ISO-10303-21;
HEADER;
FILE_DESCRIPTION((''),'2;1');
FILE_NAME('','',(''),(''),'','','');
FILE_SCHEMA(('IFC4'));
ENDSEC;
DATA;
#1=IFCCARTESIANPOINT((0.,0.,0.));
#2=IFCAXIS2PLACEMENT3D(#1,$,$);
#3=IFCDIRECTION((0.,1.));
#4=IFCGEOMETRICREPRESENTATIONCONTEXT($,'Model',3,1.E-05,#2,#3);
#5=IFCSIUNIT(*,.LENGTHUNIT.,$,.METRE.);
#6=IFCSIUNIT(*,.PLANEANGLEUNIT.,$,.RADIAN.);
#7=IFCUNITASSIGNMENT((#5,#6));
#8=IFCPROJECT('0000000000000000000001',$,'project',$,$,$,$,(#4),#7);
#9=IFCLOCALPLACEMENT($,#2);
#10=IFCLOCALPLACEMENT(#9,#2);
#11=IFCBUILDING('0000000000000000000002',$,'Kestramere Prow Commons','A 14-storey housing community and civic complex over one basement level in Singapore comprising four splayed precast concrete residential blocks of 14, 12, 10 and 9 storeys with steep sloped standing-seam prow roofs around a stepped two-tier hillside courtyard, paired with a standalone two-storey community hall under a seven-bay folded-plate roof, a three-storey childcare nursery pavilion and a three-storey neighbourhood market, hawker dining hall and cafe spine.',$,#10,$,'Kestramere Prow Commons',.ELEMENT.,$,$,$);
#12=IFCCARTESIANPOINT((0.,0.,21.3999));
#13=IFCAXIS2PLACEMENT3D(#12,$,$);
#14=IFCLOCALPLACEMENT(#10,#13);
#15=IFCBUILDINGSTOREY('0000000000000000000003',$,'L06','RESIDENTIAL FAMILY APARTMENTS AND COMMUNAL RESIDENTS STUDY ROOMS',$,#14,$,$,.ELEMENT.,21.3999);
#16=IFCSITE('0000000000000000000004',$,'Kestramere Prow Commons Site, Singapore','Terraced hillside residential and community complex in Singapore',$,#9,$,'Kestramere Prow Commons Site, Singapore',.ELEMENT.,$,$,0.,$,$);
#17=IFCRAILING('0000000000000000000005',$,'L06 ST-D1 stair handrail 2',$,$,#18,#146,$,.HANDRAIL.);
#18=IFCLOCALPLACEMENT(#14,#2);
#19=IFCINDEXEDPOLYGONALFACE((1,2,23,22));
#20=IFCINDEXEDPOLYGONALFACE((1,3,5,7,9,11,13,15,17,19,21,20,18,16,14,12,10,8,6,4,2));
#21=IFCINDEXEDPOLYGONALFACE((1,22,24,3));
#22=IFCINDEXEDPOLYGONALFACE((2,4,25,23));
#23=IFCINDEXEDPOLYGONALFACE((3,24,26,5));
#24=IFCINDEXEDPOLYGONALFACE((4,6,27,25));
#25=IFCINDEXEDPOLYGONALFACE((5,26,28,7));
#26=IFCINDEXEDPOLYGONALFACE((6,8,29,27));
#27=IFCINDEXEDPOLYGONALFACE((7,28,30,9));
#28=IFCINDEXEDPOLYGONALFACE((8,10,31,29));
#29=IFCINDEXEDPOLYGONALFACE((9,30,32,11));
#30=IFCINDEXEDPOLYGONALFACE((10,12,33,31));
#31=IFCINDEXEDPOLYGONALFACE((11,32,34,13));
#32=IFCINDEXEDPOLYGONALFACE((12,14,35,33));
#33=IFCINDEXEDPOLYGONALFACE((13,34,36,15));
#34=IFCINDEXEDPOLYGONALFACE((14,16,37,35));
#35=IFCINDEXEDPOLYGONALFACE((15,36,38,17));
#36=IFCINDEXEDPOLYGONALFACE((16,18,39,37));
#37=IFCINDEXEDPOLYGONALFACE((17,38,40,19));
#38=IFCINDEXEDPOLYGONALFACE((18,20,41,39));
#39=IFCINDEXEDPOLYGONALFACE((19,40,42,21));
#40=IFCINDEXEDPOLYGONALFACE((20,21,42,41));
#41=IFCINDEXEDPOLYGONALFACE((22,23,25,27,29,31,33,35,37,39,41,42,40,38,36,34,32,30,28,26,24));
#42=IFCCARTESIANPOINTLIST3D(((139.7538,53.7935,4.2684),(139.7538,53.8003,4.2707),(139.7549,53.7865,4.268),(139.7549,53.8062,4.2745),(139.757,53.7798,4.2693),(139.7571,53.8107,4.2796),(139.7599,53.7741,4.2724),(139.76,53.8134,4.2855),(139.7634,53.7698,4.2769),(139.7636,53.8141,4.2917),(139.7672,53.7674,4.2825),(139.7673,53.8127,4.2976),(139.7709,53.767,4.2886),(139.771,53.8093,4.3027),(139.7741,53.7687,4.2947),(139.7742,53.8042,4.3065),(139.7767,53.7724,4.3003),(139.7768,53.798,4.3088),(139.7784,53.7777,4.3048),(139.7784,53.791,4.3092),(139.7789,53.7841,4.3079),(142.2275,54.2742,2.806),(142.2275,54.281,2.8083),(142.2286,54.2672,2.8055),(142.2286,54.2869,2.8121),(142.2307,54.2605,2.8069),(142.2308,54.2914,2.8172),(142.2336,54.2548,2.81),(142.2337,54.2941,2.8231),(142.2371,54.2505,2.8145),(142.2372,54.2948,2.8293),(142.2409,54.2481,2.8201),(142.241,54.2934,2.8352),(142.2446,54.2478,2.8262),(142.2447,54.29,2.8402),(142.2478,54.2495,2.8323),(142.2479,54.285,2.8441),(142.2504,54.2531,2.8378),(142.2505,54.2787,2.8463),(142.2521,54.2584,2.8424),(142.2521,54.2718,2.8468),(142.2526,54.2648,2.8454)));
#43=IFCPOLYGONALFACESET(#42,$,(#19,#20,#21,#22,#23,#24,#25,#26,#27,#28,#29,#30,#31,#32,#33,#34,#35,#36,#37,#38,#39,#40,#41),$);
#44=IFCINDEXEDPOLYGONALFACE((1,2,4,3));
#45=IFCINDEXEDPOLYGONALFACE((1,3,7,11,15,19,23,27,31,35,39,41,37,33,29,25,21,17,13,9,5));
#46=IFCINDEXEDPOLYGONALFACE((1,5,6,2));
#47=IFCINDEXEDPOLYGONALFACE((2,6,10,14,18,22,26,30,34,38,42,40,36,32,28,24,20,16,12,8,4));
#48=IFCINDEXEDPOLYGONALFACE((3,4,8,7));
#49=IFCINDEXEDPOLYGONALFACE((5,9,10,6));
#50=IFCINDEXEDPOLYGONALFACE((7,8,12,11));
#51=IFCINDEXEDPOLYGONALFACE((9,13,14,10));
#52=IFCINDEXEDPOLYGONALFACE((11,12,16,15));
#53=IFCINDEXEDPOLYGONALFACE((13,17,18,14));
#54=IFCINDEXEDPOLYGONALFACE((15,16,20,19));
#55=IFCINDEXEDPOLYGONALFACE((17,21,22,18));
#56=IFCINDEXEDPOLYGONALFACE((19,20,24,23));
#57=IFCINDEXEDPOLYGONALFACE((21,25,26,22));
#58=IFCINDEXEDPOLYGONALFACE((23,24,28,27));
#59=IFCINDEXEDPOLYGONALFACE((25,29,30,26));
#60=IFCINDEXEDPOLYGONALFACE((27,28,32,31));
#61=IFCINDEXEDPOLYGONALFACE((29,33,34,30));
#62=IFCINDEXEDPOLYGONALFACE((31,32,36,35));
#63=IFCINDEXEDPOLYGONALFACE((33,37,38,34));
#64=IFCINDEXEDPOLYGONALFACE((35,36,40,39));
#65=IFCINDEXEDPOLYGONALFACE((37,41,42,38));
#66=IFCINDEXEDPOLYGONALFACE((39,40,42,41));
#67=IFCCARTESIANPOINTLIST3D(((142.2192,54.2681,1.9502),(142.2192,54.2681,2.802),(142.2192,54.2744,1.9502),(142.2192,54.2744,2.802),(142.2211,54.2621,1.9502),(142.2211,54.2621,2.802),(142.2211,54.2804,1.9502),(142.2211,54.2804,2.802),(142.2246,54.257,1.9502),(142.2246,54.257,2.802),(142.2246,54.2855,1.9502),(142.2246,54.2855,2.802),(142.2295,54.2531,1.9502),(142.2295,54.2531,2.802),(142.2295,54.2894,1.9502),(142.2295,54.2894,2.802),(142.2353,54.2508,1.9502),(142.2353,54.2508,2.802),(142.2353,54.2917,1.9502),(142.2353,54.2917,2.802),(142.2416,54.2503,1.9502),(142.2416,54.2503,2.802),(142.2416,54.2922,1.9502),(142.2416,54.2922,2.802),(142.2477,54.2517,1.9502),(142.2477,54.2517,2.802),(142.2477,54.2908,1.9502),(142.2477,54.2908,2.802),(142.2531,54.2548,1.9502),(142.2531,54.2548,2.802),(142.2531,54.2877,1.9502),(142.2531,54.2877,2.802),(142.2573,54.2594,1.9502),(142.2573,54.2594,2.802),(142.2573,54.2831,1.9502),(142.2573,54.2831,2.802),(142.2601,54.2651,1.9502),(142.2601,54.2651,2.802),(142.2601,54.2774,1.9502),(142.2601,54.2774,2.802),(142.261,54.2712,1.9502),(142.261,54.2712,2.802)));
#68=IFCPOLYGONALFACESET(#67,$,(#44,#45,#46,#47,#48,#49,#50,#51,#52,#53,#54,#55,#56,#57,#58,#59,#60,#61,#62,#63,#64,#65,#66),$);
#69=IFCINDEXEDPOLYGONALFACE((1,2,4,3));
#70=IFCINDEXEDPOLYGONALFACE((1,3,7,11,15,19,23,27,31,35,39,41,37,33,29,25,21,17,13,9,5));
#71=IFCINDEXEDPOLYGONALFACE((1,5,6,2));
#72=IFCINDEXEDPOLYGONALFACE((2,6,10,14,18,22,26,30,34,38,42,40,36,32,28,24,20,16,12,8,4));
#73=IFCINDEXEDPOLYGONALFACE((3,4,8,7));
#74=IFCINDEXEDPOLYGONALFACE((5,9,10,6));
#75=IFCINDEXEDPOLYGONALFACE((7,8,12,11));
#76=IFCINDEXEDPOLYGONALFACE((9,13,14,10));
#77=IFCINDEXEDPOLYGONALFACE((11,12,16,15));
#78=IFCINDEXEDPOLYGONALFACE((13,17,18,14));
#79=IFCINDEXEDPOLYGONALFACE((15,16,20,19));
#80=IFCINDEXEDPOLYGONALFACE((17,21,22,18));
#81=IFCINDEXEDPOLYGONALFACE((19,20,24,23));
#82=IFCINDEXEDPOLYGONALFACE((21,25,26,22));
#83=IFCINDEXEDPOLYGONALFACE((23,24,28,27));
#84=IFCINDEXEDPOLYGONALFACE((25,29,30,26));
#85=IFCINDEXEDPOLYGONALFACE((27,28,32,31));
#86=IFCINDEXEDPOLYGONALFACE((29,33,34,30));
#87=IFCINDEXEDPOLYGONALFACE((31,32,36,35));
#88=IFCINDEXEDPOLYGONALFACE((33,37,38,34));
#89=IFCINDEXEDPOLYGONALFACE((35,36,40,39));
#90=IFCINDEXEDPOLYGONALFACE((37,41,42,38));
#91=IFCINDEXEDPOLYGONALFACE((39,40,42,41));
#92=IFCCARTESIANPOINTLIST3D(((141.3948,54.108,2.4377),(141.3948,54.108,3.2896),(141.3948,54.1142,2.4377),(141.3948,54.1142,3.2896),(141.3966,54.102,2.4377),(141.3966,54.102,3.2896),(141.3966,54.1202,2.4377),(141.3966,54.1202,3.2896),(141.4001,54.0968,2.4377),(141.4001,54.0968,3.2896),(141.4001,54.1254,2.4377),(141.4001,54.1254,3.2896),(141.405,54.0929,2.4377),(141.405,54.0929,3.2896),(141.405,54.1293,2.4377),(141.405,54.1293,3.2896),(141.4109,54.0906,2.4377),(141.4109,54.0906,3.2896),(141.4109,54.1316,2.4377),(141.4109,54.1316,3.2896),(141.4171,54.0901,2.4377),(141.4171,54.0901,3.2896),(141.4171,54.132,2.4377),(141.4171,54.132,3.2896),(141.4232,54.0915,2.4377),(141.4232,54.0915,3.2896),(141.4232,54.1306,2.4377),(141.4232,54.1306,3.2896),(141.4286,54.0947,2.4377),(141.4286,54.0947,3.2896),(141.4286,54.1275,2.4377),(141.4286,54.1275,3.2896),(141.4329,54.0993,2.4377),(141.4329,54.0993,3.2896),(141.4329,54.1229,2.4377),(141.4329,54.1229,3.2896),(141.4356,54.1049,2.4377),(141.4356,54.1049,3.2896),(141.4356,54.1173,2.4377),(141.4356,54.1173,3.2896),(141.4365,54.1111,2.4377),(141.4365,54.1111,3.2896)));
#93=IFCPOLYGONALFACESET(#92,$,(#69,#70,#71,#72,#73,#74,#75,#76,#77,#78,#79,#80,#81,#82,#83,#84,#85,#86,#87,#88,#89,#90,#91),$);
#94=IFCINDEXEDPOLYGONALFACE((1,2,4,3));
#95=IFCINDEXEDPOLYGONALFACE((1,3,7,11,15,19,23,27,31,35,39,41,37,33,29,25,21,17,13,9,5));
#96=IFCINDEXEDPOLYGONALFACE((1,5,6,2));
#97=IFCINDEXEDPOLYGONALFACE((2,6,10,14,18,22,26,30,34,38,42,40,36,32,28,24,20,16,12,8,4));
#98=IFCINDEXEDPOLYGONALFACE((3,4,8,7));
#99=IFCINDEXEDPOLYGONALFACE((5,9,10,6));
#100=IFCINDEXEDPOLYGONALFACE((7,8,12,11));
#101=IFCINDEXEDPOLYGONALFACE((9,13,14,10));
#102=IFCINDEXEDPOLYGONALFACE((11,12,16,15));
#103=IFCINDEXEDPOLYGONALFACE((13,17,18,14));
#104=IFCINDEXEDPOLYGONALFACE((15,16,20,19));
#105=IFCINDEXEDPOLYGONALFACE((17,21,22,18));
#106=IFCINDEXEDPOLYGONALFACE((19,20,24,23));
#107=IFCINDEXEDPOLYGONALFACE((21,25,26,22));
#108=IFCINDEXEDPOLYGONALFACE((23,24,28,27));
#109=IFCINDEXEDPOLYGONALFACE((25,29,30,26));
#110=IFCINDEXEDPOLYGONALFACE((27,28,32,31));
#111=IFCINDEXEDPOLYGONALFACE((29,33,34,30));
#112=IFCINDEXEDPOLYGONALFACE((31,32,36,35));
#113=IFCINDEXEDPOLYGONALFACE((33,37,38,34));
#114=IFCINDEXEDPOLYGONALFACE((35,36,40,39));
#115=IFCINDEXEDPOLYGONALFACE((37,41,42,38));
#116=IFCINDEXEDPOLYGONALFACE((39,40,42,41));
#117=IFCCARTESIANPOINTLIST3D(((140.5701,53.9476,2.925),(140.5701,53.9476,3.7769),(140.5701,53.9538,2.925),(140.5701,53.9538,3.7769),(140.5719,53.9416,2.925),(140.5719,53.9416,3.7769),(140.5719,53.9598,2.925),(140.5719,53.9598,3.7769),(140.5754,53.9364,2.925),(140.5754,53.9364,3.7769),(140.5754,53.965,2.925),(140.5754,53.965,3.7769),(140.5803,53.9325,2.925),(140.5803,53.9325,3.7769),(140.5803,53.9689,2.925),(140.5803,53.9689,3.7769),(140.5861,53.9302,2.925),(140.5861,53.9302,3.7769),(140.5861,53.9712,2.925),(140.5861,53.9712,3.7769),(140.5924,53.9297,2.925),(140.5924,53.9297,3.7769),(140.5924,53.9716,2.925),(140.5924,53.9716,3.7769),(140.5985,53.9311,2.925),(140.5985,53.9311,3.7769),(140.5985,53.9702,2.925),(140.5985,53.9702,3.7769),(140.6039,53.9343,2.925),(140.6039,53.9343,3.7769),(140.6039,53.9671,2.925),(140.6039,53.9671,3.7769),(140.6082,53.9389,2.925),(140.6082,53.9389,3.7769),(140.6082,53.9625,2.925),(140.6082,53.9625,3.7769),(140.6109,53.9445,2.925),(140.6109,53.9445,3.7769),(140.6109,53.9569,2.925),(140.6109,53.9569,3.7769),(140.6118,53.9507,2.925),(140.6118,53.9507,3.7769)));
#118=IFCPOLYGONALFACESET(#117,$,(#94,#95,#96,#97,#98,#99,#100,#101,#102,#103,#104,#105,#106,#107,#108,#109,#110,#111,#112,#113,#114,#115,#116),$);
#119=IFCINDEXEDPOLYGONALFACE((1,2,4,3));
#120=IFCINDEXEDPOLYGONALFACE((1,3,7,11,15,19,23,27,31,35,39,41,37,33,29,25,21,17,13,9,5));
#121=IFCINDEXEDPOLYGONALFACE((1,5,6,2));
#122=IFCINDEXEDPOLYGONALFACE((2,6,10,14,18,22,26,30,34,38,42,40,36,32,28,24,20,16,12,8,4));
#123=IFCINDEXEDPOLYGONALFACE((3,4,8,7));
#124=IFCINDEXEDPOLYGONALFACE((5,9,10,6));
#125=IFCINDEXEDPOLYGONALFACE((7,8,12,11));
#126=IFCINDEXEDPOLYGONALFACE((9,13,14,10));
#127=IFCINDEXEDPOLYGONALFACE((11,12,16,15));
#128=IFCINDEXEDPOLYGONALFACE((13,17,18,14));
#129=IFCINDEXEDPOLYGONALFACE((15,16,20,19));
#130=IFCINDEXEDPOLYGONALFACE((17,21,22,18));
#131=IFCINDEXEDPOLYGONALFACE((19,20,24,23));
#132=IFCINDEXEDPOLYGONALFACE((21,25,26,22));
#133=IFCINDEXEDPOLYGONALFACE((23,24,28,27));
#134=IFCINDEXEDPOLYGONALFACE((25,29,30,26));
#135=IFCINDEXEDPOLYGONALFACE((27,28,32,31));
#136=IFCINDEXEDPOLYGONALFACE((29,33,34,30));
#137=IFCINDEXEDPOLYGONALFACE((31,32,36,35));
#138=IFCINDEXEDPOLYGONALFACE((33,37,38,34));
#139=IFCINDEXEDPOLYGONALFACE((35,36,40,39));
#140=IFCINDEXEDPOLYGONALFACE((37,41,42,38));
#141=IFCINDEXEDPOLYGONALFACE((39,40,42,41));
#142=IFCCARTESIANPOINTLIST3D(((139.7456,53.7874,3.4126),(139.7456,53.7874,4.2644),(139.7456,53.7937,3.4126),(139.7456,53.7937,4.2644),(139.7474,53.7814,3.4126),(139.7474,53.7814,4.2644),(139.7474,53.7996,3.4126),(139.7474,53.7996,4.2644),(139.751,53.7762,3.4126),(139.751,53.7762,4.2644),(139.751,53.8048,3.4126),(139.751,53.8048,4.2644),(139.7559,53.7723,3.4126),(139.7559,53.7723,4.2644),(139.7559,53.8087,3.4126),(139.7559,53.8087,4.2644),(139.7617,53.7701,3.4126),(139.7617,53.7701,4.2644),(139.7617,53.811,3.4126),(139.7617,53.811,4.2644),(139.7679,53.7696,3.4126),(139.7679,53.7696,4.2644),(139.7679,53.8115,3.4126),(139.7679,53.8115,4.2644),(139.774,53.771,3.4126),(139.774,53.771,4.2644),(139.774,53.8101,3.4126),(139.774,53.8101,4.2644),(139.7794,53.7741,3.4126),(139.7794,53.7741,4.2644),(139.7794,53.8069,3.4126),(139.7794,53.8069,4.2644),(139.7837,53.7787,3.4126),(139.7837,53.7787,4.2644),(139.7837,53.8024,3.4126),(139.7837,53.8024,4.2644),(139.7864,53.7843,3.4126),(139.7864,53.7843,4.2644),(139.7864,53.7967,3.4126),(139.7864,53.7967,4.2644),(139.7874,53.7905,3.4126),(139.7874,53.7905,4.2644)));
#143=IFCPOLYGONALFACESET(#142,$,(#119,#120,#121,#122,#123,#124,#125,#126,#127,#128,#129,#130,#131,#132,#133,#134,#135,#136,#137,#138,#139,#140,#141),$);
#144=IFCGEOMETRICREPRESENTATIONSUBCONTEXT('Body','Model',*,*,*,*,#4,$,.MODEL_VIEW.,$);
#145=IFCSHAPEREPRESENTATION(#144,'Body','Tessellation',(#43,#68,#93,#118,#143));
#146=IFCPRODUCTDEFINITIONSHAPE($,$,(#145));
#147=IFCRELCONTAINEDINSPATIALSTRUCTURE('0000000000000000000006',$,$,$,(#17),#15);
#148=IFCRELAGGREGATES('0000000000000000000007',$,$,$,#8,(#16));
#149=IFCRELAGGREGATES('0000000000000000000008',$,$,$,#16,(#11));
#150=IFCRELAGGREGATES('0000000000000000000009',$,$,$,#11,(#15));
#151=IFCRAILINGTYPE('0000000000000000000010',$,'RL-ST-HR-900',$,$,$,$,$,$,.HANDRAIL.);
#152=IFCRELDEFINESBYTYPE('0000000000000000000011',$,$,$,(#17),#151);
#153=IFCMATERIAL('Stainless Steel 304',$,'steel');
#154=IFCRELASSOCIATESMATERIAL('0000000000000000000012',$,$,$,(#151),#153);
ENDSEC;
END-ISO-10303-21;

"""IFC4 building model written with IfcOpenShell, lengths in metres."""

from ifc_helpers import new_model, si_unit, direction, frame, origin, origin_2d, place, context, subcontext, project, spatial, circle, extrude, material, type_object, element, save


model = new_model("IFC4")

# Units and contexts
model_context = context("Model", 3, precision=1e-05, world=origin(), true_north=direction((0.0, 1.0)))
body_context = subcontext(model_context, "Body", "Model", "MODEL_VIEW")
ifc_project = project(units=[si_unit("LENGTHUNIT", "METRE"), si_unit("PLANEANGLEUNIT", "RADIAN")], contexts=[model_context])

# Site, building, storey
site_placement = place(None, origin())
site = spatial("IfcSite", under=ifc_project, at=site_placement, Name="Kestramere Prow Commons Site, Singapore", Description="Terraced hillside residential and community complex in Singapore", LongName="Kestramere Prow Commons Site, Singapore", CompositionType="ELEMENT", RefElevation=0.0)
building_placement = place(site_placement, origin())
building = spatial("IfcBuilding", under=site, at=building_placement, Name="Kestramere Prow Commons", Description="A 14-storey housing community and civic complex over one basement level in Singapore comprising four splayed precast concrete residential blocks of 14, 12, 10 and 9 storeys with steep sloped standing-seam prow roofs around a stepped two-tier hillside courtyard, paired with a standalone two-storey community hall under a seven-bay folded-plate roof, a three-storey childcare nursery pavilion and a three-storey neighbourhood market, hawker dining hall and cafe spine.", LongName="Kestramere Prow Commons", CompositionType="ELEMENT")
storey_placement = place(building_placement, frame((0.0, 0.0, 21.3999)))
storey = spatial("IfcBuildingStorey", under=building, at=storey_placement, Name="L06", Description="RESIDENTIAL FAMILY APARTMENTS AND COMMUNAL RESIDENTS STUDY ROOMS", CompositionType="ELEMENT", Elevation=21.3999)

# Railing
ifc_material_1 = material(Name="Stainless Steel 304", Category="steel")
railing_type_1 = type_object("IfcRailingType", Name="RL-ST-HR-900", PredefinedType="HANDRAIL", material=ifc_material_1)
for number, where, name in (
    (1, (142.24, 54.2712, 1.9502), "L06 ST-D1 stair handrail 2"),
):
    element("IfcRailing", number, at=place(storey_placement, frame(where)), inside=storey, type_object=railing_type_1, Name=name, PredefinedType="HANDRAIL", context=body_context, shape_type="SweptSolid", body=[
        extrude(circle(Radius=0.0239, at=origin_2d()), frame((0.0, 0.0, 0.876), z_axis=(-0.84902, -0.164994, 0.501938), x_axis=(0.190766, -0.981636, 0.0)), (0.0, 0.0, 1.0), 2.9136),
        extrude(circle(Radius=0.021, at=origin_2d()), origin(), (0.0, 0.0, 1.0), 0.8518),
        extrude(circle(Radius=0.021, at=origin_2d()), frame((-0.8245, -0.1602, 0.4875)), (0.0, 0.0, 1.0), 0.8518),
        extrude(circle(Radius=0.021, at=origin_2d()), frame((-1.6492, -0.3206, 0.9749)), (0.0, 0.0, 1.0), 0.8518),
        extrude(circle(Radius=0.021, at=origin_2d()), frame((-2.4736, -0.4807, 1.4624)), (0.0, 0.0, 1.0), 0.8518),
    ])

save(model, "model.ifc")
